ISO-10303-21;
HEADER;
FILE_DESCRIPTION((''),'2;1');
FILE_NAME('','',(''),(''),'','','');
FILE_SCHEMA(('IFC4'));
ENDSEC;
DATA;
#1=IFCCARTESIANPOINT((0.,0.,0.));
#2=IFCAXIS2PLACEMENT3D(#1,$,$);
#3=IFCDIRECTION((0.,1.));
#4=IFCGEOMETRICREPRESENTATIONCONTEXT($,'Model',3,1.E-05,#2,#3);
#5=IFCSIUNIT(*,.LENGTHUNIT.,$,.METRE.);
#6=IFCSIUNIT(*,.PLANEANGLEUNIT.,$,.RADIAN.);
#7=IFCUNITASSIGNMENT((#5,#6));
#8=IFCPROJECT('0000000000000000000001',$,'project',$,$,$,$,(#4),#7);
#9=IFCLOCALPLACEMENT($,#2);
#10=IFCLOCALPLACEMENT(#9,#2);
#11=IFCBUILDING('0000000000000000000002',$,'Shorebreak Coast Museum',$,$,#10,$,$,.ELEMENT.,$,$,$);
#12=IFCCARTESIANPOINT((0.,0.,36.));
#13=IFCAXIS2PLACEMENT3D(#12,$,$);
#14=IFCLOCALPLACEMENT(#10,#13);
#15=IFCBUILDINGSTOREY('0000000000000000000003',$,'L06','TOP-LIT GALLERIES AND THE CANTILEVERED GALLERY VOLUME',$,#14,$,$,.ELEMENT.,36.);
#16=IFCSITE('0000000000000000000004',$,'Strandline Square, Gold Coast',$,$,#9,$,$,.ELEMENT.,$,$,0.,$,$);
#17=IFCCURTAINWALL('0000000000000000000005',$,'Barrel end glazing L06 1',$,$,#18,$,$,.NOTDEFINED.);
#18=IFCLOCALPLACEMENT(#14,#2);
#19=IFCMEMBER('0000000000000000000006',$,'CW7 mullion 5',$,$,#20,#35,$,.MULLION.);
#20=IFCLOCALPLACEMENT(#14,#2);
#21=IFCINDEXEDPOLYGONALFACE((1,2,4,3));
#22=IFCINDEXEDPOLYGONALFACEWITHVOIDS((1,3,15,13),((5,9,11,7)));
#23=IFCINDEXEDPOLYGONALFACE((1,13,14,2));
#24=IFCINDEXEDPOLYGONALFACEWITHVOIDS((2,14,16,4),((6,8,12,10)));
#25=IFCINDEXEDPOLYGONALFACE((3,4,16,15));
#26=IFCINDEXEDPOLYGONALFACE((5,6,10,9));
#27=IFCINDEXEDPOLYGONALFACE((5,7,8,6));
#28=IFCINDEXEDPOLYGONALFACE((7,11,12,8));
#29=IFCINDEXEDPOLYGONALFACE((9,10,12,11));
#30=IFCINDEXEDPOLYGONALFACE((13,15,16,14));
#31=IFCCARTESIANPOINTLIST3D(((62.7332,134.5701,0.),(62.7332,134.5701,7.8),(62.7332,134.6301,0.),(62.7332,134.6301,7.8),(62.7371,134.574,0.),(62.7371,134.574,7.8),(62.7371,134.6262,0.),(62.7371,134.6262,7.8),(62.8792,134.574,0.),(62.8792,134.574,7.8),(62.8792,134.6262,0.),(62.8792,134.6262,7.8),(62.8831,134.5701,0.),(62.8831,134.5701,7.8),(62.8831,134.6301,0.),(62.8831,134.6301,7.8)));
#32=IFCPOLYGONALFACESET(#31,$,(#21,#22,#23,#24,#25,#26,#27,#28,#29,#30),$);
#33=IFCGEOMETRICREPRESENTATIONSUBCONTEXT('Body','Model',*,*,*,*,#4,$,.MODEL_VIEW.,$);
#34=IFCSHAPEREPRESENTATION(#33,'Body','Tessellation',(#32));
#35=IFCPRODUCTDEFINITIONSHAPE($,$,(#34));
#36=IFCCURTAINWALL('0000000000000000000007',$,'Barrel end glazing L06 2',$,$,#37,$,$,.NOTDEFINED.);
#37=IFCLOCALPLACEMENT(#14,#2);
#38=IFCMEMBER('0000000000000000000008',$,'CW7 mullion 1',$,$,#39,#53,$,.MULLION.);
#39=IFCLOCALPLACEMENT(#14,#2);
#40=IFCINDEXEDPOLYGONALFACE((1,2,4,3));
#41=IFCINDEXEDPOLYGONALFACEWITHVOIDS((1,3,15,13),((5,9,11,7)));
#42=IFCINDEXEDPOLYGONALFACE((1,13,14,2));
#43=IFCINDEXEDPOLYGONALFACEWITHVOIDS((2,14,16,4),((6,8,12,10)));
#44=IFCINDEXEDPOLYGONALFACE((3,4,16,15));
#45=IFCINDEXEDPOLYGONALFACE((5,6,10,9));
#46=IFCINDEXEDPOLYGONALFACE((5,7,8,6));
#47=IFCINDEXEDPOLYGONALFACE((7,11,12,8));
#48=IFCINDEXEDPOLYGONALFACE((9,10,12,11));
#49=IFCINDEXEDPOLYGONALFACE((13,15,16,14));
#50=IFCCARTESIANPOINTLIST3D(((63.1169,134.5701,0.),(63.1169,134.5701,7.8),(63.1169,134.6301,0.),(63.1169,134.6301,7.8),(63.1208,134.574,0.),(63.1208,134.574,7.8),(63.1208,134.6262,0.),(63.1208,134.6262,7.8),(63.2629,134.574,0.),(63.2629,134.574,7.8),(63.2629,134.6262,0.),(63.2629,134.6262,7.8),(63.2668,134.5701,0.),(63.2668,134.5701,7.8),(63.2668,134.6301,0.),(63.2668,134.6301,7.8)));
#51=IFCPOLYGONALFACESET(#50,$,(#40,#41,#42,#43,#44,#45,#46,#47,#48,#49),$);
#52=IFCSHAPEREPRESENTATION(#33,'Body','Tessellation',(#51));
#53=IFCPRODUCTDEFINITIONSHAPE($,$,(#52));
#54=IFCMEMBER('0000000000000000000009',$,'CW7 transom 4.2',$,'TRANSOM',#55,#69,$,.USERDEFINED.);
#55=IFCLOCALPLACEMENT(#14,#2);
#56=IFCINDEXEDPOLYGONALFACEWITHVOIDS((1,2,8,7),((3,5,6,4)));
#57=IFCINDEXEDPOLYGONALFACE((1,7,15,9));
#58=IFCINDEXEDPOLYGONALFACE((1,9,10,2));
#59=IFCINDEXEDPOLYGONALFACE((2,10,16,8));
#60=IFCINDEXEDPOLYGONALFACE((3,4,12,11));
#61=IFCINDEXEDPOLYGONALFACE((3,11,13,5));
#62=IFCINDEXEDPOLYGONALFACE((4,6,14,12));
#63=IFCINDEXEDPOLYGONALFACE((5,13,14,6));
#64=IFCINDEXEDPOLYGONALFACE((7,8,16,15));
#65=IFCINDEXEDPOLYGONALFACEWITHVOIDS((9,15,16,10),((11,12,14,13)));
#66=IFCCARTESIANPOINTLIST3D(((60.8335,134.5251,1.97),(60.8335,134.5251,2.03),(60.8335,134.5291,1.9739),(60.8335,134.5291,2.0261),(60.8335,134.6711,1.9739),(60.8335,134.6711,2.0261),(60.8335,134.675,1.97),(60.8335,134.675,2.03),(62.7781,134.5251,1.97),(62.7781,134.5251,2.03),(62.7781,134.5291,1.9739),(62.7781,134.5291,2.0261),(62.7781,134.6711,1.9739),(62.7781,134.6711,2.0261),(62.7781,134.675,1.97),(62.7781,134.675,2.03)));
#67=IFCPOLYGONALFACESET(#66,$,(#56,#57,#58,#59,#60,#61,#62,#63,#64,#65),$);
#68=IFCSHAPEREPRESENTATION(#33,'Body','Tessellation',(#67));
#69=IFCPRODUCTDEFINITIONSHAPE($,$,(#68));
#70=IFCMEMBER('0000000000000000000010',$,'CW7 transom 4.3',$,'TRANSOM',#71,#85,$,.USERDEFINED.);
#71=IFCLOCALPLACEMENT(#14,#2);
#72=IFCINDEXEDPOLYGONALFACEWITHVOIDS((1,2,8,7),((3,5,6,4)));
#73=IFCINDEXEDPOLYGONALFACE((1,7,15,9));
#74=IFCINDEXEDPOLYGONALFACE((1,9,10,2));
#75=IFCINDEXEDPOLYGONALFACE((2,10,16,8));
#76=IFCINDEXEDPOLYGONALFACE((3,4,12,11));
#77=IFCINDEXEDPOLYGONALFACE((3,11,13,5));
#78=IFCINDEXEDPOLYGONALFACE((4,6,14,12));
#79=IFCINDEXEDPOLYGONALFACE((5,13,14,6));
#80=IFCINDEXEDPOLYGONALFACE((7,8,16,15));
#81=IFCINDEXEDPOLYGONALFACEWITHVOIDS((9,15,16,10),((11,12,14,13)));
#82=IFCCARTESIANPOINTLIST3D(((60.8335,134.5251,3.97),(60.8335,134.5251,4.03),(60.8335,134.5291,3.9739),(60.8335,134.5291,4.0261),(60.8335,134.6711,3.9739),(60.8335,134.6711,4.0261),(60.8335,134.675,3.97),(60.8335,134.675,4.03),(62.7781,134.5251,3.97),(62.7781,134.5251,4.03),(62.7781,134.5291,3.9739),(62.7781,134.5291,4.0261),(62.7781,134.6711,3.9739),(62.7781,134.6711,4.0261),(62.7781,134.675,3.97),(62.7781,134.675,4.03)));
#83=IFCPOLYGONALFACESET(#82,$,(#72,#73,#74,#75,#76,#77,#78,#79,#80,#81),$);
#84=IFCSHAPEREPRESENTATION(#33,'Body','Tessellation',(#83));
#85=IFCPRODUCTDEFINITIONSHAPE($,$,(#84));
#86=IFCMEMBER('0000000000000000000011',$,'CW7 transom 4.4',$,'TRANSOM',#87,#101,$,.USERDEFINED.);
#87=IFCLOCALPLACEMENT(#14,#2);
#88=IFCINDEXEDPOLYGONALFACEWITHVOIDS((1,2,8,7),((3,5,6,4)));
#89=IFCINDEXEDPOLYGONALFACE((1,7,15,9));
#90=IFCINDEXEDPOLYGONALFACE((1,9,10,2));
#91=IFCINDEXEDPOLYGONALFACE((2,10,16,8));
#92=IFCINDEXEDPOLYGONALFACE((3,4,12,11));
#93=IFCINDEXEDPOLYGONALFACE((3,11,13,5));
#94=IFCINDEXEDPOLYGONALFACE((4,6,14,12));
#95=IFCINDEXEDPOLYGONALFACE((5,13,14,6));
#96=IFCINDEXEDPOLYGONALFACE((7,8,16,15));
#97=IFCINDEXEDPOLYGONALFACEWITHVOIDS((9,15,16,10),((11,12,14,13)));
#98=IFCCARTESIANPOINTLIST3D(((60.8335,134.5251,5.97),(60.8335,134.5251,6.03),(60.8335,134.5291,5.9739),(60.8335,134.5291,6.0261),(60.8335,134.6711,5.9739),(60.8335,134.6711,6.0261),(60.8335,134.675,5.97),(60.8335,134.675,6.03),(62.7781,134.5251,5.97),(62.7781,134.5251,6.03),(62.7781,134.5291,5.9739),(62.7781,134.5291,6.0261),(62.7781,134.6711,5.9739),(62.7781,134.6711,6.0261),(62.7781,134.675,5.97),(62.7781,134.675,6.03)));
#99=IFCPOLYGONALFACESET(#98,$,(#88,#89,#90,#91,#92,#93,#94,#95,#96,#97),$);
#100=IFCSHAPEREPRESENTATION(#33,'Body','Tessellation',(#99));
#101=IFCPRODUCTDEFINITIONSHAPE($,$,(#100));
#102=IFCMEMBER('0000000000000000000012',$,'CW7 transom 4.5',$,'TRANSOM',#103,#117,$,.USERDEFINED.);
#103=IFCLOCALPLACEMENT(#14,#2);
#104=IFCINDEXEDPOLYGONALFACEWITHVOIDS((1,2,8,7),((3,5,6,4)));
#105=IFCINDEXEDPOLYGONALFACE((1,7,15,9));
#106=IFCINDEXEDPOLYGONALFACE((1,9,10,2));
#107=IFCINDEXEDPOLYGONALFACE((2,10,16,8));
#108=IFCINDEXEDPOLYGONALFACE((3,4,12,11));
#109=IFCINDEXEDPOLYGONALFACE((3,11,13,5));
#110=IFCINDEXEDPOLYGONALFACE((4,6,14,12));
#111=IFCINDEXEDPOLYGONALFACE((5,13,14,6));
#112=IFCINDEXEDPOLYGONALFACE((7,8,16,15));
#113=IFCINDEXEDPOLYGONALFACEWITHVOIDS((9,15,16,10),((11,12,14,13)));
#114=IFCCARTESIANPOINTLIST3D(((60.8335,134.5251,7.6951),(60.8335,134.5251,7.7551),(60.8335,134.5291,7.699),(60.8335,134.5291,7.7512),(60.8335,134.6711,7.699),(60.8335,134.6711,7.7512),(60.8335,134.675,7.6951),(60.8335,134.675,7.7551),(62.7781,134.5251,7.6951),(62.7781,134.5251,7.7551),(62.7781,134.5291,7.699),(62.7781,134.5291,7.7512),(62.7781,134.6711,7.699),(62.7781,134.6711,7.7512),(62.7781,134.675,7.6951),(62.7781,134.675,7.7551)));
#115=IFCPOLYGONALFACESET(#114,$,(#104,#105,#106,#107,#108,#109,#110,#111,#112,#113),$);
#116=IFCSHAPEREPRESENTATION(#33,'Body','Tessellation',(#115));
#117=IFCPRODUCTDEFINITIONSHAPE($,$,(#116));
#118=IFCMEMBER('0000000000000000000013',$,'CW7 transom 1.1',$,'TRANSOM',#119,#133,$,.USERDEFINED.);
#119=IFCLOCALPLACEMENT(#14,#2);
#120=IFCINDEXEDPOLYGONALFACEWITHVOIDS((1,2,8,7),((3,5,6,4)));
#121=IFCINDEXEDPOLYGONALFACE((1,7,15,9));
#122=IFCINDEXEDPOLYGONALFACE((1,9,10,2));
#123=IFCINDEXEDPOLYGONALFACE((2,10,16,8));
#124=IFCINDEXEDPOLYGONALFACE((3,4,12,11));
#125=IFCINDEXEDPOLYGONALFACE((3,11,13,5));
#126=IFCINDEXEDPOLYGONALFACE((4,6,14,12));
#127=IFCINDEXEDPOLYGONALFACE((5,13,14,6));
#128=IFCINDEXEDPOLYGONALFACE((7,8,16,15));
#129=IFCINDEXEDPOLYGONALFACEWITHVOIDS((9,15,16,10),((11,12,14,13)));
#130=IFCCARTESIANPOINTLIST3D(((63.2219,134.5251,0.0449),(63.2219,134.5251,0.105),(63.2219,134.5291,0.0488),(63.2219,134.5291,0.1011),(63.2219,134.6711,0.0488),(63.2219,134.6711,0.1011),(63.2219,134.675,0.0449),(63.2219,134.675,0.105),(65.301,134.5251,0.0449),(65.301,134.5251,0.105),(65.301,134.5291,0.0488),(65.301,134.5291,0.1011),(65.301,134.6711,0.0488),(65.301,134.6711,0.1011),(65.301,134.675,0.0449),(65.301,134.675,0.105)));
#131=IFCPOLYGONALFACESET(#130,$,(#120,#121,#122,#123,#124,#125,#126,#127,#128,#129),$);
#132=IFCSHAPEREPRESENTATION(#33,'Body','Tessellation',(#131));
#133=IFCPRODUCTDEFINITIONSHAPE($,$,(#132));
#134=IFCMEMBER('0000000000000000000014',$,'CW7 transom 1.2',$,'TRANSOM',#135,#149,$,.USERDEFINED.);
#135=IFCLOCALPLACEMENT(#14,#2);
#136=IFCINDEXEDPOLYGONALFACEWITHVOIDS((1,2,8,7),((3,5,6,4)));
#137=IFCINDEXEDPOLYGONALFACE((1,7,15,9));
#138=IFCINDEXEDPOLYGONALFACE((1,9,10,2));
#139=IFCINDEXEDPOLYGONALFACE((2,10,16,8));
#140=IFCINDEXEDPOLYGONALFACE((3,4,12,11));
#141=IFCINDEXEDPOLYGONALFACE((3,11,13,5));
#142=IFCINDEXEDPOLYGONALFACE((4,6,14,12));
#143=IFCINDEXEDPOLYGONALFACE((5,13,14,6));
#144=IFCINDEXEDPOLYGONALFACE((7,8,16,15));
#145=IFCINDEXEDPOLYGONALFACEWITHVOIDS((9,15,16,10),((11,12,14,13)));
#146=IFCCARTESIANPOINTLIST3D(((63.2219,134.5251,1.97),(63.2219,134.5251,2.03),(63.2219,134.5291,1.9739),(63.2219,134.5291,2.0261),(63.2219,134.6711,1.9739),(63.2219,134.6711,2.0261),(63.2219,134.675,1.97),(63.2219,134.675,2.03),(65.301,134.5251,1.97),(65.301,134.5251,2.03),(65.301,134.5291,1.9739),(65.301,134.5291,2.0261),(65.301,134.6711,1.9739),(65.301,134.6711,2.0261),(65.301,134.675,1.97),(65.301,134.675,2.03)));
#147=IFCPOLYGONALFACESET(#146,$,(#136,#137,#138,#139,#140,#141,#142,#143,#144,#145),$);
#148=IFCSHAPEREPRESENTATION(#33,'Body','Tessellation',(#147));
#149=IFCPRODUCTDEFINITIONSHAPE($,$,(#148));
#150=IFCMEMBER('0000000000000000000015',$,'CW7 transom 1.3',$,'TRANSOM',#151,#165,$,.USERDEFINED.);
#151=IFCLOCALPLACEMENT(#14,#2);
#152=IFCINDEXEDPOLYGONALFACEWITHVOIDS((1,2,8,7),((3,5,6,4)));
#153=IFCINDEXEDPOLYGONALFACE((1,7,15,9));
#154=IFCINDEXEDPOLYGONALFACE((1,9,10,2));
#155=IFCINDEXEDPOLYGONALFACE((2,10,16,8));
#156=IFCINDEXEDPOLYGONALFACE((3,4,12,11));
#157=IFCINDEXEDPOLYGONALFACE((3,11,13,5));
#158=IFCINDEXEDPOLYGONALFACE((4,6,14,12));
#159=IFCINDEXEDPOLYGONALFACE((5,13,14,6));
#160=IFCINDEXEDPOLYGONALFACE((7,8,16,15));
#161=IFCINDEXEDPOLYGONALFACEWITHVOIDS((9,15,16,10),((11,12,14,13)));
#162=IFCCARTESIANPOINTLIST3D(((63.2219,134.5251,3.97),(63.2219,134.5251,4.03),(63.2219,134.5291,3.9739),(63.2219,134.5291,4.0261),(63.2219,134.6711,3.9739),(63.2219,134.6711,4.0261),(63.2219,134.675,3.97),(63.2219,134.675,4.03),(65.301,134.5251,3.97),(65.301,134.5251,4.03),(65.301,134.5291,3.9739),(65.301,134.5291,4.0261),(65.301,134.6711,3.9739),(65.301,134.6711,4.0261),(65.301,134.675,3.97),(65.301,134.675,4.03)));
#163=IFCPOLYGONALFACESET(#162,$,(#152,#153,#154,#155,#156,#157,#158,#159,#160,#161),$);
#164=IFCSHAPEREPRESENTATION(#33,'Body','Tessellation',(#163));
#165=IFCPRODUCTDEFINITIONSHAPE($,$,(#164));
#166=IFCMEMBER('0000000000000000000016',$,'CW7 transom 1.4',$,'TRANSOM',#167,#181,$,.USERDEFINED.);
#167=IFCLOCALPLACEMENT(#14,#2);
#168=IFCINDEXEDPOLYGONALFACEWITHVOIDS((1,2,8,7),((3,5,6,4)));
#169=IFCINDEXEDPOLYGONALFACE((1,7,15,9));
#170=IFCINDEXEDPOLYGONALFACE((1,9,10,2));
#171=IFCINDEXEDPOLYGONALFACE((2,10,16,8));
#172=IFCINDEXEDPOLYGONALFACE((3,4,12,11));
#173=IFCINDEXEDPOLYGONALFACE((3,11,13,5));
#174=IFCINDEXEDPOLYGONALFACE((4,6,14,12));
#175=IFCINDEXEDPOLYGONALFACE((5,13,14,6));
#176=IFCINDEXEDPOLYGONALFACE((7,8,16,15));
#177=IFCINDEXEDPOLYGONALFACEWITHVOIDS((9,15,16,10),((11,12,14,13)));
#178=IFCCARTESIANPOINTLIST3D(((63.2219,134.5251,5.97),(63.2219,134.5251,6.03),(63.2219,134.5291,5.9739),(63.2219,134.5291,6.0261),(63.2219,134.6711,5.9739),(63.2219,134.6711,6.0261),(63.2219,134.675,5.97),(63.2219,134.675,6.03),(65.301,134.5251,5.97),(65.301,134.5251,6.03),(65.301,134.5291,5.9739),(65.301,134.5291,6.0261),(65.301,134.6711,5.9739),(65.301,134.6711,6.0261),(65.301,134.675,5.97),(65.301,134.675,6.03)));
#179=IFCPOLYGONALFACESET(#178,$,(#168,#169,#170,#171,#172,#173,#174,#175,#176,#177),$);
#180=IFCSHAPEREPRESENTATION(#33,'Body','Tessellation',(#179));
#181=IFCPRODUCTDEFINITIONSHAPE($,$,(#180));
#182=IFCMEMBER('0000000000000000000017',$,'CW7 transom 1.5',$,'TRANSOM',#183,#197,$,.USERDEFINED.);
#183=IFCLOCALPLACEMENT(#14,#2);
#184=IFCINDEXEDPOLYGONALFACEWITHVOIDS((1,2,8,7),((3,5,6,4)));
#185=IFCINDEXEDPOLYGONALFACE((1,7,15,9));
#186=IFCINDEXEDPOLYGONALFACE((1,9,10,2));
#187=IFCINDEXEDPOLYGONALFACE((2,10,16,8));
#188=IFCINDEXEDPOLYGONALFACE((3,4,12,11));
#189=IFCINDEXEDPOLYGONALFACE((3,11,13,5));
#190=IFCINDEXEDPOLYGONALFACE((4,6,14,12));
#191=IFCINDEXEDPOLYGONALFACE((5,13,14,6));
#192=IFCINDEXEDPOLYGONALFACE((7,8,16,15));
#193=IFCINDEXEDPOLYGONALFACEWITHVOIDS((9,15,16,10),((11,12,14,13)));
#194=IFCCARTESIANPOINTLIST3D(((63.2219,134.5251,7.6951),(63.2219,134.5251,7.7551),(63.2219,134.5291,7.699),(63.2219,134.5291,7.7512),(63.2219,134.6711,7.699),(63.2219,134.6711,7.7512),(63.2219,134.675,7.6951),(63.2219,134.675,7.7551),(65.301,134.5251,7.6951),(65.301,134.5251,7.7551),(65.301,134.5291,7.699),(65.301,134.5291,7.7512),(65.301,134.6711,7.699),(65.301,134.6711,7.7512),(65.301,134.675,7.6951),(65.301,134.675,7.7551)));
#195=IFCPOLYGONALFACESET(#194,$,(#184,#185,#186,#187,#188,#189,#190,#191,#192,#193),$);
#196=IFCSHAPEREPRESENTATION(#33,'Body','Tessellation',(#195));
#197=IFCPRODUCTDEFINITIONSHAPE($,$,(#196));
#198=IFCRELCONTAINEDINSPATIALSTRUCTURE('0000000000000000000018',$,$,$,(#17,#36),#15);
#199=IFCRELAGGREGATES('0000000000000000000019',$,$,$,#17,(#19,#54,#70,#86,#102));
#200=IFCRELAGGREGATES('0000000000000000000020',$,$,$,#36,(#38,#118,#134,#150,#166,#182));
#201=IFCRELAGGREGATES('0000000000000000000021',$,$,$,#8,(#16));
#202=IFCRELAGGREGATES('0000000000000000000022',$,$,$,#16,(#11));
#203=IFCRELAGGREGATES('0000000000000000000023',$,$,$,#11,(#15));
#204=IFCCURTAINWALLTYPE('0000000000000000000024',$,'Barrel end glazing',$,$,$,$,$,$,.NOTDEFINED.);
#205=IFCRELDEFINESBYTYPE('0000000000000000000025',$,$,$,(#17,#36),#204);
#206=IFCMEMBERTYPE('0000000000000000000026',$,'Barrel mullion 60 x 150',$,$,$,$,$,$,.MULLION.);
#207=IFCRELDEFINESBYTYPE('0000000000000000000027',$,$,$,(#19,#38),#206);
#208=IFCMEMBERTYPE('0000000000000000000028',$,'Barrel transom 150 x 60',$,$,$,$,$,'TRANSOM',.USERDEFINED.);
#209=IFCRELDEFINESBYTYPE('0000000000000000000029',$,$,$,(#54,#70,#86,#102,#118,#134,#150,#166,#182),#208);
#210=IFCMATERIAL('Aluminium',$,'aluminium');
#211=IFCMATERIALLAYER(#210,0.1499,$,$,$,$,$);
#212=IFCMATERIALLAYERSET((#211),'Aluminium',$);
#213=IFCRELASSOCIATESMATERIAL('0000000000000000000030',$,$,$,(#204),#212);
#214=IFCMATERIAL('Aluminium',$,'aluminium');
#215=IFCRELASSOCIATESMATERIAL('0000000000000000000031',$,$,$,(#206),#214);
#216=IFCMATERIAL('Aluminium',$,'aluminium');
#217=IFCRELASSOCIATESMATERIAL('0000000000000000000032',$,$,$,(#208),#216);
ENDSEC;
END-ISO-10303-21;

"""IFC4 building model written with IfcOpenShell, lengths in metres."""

from ifc_helpers import new_model, si_unit, direction, frame, origin, origin_2d, place, context, subcontext, project, spatial, hollow_rectangle, extrude, material, layer, layer_set, material_profile, profile_set, type_object, element, aggregate, save


model = new_model("IFC4")

# Units and contexts
model_context = context("Model", 3, precision=1e-05, world=origin(), true_north=direction((0.0, 1.0)))
body_context = subcontext(model_context, "Body", "Model", "MODEL_VIEW")
ifc_project = project(units=[si_unit("LENGTHUNIT", "METRE"), si_unit("PLANEANGLEUNIT", "RADIAN")], contexts=[model_context])

# Site, building, storey
site_placement = place(None, origin())
site = spatial("IfcSite", under=ifc_project, at=site_placement, Name="Strandline Square, Gold Coast", CompositionType="ELEMENT", RefElevation=0.0)
building_placement = place(site_placement, origin())
building = spatial("IfcBuilding", under=site, at=building_placement, Name="Shorebreak Coast Museum", CompositionType="ELEMENT")
storey_placement = place(building_placement, frame((0.0, 0.0, 36.0)))
storey = spatial("IfcBuildingStorey", under=building, at=storey_placement, Name="L06", Description="TOP-LIT GALLERIES AND THE CANTILEVERED GALLERY VOLUME", CompositionType="ELEMENT", Elevation=36.0)

# Curtain walls, members
ifc_material_1 = material(Name="Aluminium", Category="aluminium")
ifc_layer_1 = layer(ifc_material_1, 0.1499)
ifc_layer_set_1 = layer_set([ifc_layer_1], Name="Aluminium")
curtain_wall_type_1 = type_object("IfcCurtainWallType", Name="Barrel end glazing", PredefinedType="NOTDEFINED", material=ifc_layer_set_1)
curtain_wall_1_placement = place(storey_placement, origin())
curtain_wall_1 = element("IfcCurtainWall", 1, at=curtain_wall_1_placement, inside=storey, type_object=curtain_wall_type_1, Name="Barrel end glazing L06 1", PredefinedType="NOTDEFINED")
ifc_material_2 = material(Name="Aluminium", Category="aluminium")
ifc_material_profile_1 = material_profile(ifc_material_2, hollow_rectangle(XDim=0.0601, YDim=0.1499, WallThickness=0.0039, at=origin_2d()), Name="AL 150x60 RHS")
ifc_profile_set_1 = profile_set([ifc_material_profile_1], Name="Aluminium")
member_type_1 = type_object("IfcMemberType", Name="Barrel mullion 60 x 150", PredefinedType="MULLION", material=ifc_profile_set_1)
member_1_placement = place(storey_placement, frame((62.8081, 134.6001, 0.0), z_axis=(0.0, 0.0, 1.0), x_axis=(0.0, 1.0, 0.0)))
member_1 = element("IfcMember", 2, at=member_1_placement, type_object=member_type_1, Name="CW7 mullion 5", PredefinedType="MULLION", context=body_context, shape_type="SweptSolid", body=[
    extrude(hollow_rectangle(XDim=0.0601, YDim=0.1499, WallThickness=0.0039, at=origin_2d()), origin(), (0.0, 0.0, 1.0), 7.8),
])
curtain_wall_2_placement = place(storey_placement, origin())
curtain_wall_2 = element("IfcCurtainWall", 3, at=curtain_wall_2_placement, inside=storey, type_object=curtain_wall_type_1, Name="Barrel end glazing L06 2", PredefinedType="NOTDEFINED")
member_2_placement = place(storey_placement, frame((63.1919, 134.6001, 0.0), z_axis=(0.0, 0.0, 1.0), x_axis=(0.0, 1.0, 0.0)))
member_2 = element("IfcMember", 4, at=member_2_placement, type_object=member_type_1, Name="CW7 mullion 1", PredefinedType="MULLION", context=body_context, shape_type="SweptSolid", body=[
    extrude(hollow_rectangle(XDim=0.0601, YDim=0.1499, WallThickness=0.0039, at=origin_2d()), origin(), (0.0, 0.0, 1.0), 7.8),
])

# Members
ifc_material_3 = material(Name="Aluminium", Category="aluminium")
ifc_material_profile_2 = material_profile(ifc_material_3, hollow_rectangle(XDim=0.1499, YDim=0.0601, WallThickness=0.0039, at=origin_2d()), Name="AL 60x150 RHS")
ifc_profile_set_2 = profile_set([ifc_material_profile_2], Name="Aluminium")
member_type_2 = type_object("IfcMemberType", Name="Barrel transom 150 x 60", ElementType="TRANSOM", PredefinedType="USERDEFINED", material=ifc_profile_set_2)
member_3_placement = place(storey_placement, frame((60.8335, 134.6001, 2.0), z_axis=(1.0, 0.0, 0.0), x_axis=(0.0, 1.0, 0.0)))
member_3 = element("IfcMember", 5, at=member_3_placement, type_object=member_type_2, Name="CW7 transom 4.2", ObjectType="TRANSOM", PredefinedType="USERDEFINED", context=body_context, shape_type="SweptSolid", body=[
    extrude(hollow_rectangle(XDim=0.1499, YDim=0.0601, WallThickness=0.0039, at=origin_2d()), origin(), (0.0, 0.0, 1.0), 1.9446),
])
member_4_placement = place(storey_placement, frame((60.8335, 134.6001, 4.0), z_axis=(1.0, 0.0, 0.0), x_axis=(0.0, 1.0, 0.0)))
member_4 = element("IfcMember", 6, at=member_4_placement, type_object=member_type_2, Name="CW7 transom 4.3", ObjectType="TRANSOM", PredefinedType="USERDEFINED", context=body_context, shape_type="SweptSolid", body=[
    extrude(hollow_rectangle(XDim=0.1499, YDim=0.0601, WallThickness=0.0039, at=origin_2d()), origin(), (0.0, 0.0, 1.0), 1.9446),
])
member_5_placement = place(storey_placement, frame((60.8335, 134.6001, 6.0), z_axis=(1.0, 0.0, 0.0), x_axis=(0.0, 1.0, 0.0)))
member_5 = element("IfcMember", 7, at=member_5_placement, type_object=member_type_2, Name="CW7 transom 4.4", ObjectType="TRANSOM", PredefinedType="USERDEFINED", context=body_context, shape_type="SweptSolid", body=[
    extrude(hollow_rectangle(XDim=0.1499, YDim=0.0601, WallThickness=0.0039, at=origin_2d()), origin(), (0.0, 0.0, 1.0), 1.9446),
])
member_6_placement = place(storey_placement, frame((60.8335, 134.6001, 7.7251), z_axis=(1.0, 0.0, 0.0), x_axis=(0.0, 1.0, 0.0)))
member_6 = element("IfcMember", 8, at=member_6_placement, type_object=member_type_2, Name="CW7 transom 4.5", ObjectType="TRANSOM", PredefinedType="USERDEFINED", context=body_context, shape_type="SweptSolid", body=[
    extrude(hollow_rectangle(XDim=0.1499, YDim=0.0601, WallThickness=0.0039, at=origin_2d()), origin(), (0.0, 0.0, 1.0), 1.9446),
])
member_7_placement = place(storey_placement, frame((63.2219, 134.6001, 0.075), z_axis=(1.0, 0.0, 0.0), x_axis=(0.0, 1.0, 0.0)))
member_7 = element("IfcMember", 9, at=member_7_placement, type_object=member_type_2, Name="CW7 transom 1.1", ObjectType="TRANSOM", PredefinedType="USERDEFINED", context=body_context, shape_type="SweptSolid", body=[
    extrude(hollow_rectangle(XDim=0.1499, YDim=0.0601, WallThickness=0.0039, at=origin_2d()), origin(), (0.0, 0.0, 1.0), 2.0791),
])
member_8_placement = place(storey_placement, frame((63.2219, 134.6001, 2.0), z_axis=(1.0, 0.0, 0.0), x_axis=(0.0, 1.0, 0.0)))
member_8 = element("IfcMember", 10, at=member_8_placement, type_object=member_type_2, Name="CW7 transom 1.2", ObjectType="TRANSOM", PredefinedType="USERDEFINED", context=body_context, shape_type="SweptSolid", body=[
    extrude(hollow_rectangle(XDim=0.1499, YDim=0.0601, WallThickness=0.0039, at=origin_2d()), origin(), (0.0, 0.0, 1.0), 2.0791),
])
member_9_placement = place(storey_placement, frame((63.2219, 134.6001, 4.0), z_axis=(1.0, 0.0, 0.0), x_axis=(0.0, 1.0, 0.0)))
member_9 = element("IfcMember", 11, at=member_9_placement, type_object=member_type_2, Name="CW7 transom 1.3", ObjectType="TRANSOM", PredefinedType="USERDEFINED", context=body_context, shape_type="SweptSolid", body=[
    extrude(hollow_rectangle(XDim=0.1499, YDim=0.0601, WallThickness=0.0039, at=origin_2d()), origin(), (0.0, 0.0, 1.0), 2.0791),
])
member_10_placement = place(storey_placement, frame((63.2219, 134.6001, 6.0), z_axis=(1.0, 0.0, 0.0), x_axis=(0.0, 1.0, 0.0)))
member_10 = element("IfcMember", 12, at=member_10_placement, type_object=member_type_2, Name="CW7 transom 1.4", ObjectType="TRANSOM", PredefinedType="USERDEFINED", context=body_context, shape_type="SweptSolid", body=[
    extrude(hollow_rectangle(XDim=0.1499, YDim=0.0601, WallThickness=0.0039, at=origin_2d()), origin(), (0.0, 0.0, 1.0), 2.0791),
])
member_11_placement = place(storey_placement, frame((63.2219, 134.6001, 7.7251), z_axis=(1.0, 0.0, 0.0), x_axis=(0.0, 1.0, 0.0)))
member_11 = element("IfcMember", 13, at=member_11_placement, type_object=member_type_2, Name="CW7 transom 1.5", ObjectType="TRANSOM", PredefinedType="USERDEFINED", context=body_context, shape_type="SweptSolid", body=[
    extrude(hollow_rectangle(XDim=0.1499, YDim=0.0601, WallThickness=0.0039, at=origin_2d()), origin(), (0.0, 0.0, 1.0), 2.0791),
])

aggregate(curtain_wall_1, [member_1, member_3, member_4, member_5, member_6])
aggregate(curtain_wall_2, [member_2, member_7, member_8, member_9, member_10, member_11])

save(model, "model.ifc")
